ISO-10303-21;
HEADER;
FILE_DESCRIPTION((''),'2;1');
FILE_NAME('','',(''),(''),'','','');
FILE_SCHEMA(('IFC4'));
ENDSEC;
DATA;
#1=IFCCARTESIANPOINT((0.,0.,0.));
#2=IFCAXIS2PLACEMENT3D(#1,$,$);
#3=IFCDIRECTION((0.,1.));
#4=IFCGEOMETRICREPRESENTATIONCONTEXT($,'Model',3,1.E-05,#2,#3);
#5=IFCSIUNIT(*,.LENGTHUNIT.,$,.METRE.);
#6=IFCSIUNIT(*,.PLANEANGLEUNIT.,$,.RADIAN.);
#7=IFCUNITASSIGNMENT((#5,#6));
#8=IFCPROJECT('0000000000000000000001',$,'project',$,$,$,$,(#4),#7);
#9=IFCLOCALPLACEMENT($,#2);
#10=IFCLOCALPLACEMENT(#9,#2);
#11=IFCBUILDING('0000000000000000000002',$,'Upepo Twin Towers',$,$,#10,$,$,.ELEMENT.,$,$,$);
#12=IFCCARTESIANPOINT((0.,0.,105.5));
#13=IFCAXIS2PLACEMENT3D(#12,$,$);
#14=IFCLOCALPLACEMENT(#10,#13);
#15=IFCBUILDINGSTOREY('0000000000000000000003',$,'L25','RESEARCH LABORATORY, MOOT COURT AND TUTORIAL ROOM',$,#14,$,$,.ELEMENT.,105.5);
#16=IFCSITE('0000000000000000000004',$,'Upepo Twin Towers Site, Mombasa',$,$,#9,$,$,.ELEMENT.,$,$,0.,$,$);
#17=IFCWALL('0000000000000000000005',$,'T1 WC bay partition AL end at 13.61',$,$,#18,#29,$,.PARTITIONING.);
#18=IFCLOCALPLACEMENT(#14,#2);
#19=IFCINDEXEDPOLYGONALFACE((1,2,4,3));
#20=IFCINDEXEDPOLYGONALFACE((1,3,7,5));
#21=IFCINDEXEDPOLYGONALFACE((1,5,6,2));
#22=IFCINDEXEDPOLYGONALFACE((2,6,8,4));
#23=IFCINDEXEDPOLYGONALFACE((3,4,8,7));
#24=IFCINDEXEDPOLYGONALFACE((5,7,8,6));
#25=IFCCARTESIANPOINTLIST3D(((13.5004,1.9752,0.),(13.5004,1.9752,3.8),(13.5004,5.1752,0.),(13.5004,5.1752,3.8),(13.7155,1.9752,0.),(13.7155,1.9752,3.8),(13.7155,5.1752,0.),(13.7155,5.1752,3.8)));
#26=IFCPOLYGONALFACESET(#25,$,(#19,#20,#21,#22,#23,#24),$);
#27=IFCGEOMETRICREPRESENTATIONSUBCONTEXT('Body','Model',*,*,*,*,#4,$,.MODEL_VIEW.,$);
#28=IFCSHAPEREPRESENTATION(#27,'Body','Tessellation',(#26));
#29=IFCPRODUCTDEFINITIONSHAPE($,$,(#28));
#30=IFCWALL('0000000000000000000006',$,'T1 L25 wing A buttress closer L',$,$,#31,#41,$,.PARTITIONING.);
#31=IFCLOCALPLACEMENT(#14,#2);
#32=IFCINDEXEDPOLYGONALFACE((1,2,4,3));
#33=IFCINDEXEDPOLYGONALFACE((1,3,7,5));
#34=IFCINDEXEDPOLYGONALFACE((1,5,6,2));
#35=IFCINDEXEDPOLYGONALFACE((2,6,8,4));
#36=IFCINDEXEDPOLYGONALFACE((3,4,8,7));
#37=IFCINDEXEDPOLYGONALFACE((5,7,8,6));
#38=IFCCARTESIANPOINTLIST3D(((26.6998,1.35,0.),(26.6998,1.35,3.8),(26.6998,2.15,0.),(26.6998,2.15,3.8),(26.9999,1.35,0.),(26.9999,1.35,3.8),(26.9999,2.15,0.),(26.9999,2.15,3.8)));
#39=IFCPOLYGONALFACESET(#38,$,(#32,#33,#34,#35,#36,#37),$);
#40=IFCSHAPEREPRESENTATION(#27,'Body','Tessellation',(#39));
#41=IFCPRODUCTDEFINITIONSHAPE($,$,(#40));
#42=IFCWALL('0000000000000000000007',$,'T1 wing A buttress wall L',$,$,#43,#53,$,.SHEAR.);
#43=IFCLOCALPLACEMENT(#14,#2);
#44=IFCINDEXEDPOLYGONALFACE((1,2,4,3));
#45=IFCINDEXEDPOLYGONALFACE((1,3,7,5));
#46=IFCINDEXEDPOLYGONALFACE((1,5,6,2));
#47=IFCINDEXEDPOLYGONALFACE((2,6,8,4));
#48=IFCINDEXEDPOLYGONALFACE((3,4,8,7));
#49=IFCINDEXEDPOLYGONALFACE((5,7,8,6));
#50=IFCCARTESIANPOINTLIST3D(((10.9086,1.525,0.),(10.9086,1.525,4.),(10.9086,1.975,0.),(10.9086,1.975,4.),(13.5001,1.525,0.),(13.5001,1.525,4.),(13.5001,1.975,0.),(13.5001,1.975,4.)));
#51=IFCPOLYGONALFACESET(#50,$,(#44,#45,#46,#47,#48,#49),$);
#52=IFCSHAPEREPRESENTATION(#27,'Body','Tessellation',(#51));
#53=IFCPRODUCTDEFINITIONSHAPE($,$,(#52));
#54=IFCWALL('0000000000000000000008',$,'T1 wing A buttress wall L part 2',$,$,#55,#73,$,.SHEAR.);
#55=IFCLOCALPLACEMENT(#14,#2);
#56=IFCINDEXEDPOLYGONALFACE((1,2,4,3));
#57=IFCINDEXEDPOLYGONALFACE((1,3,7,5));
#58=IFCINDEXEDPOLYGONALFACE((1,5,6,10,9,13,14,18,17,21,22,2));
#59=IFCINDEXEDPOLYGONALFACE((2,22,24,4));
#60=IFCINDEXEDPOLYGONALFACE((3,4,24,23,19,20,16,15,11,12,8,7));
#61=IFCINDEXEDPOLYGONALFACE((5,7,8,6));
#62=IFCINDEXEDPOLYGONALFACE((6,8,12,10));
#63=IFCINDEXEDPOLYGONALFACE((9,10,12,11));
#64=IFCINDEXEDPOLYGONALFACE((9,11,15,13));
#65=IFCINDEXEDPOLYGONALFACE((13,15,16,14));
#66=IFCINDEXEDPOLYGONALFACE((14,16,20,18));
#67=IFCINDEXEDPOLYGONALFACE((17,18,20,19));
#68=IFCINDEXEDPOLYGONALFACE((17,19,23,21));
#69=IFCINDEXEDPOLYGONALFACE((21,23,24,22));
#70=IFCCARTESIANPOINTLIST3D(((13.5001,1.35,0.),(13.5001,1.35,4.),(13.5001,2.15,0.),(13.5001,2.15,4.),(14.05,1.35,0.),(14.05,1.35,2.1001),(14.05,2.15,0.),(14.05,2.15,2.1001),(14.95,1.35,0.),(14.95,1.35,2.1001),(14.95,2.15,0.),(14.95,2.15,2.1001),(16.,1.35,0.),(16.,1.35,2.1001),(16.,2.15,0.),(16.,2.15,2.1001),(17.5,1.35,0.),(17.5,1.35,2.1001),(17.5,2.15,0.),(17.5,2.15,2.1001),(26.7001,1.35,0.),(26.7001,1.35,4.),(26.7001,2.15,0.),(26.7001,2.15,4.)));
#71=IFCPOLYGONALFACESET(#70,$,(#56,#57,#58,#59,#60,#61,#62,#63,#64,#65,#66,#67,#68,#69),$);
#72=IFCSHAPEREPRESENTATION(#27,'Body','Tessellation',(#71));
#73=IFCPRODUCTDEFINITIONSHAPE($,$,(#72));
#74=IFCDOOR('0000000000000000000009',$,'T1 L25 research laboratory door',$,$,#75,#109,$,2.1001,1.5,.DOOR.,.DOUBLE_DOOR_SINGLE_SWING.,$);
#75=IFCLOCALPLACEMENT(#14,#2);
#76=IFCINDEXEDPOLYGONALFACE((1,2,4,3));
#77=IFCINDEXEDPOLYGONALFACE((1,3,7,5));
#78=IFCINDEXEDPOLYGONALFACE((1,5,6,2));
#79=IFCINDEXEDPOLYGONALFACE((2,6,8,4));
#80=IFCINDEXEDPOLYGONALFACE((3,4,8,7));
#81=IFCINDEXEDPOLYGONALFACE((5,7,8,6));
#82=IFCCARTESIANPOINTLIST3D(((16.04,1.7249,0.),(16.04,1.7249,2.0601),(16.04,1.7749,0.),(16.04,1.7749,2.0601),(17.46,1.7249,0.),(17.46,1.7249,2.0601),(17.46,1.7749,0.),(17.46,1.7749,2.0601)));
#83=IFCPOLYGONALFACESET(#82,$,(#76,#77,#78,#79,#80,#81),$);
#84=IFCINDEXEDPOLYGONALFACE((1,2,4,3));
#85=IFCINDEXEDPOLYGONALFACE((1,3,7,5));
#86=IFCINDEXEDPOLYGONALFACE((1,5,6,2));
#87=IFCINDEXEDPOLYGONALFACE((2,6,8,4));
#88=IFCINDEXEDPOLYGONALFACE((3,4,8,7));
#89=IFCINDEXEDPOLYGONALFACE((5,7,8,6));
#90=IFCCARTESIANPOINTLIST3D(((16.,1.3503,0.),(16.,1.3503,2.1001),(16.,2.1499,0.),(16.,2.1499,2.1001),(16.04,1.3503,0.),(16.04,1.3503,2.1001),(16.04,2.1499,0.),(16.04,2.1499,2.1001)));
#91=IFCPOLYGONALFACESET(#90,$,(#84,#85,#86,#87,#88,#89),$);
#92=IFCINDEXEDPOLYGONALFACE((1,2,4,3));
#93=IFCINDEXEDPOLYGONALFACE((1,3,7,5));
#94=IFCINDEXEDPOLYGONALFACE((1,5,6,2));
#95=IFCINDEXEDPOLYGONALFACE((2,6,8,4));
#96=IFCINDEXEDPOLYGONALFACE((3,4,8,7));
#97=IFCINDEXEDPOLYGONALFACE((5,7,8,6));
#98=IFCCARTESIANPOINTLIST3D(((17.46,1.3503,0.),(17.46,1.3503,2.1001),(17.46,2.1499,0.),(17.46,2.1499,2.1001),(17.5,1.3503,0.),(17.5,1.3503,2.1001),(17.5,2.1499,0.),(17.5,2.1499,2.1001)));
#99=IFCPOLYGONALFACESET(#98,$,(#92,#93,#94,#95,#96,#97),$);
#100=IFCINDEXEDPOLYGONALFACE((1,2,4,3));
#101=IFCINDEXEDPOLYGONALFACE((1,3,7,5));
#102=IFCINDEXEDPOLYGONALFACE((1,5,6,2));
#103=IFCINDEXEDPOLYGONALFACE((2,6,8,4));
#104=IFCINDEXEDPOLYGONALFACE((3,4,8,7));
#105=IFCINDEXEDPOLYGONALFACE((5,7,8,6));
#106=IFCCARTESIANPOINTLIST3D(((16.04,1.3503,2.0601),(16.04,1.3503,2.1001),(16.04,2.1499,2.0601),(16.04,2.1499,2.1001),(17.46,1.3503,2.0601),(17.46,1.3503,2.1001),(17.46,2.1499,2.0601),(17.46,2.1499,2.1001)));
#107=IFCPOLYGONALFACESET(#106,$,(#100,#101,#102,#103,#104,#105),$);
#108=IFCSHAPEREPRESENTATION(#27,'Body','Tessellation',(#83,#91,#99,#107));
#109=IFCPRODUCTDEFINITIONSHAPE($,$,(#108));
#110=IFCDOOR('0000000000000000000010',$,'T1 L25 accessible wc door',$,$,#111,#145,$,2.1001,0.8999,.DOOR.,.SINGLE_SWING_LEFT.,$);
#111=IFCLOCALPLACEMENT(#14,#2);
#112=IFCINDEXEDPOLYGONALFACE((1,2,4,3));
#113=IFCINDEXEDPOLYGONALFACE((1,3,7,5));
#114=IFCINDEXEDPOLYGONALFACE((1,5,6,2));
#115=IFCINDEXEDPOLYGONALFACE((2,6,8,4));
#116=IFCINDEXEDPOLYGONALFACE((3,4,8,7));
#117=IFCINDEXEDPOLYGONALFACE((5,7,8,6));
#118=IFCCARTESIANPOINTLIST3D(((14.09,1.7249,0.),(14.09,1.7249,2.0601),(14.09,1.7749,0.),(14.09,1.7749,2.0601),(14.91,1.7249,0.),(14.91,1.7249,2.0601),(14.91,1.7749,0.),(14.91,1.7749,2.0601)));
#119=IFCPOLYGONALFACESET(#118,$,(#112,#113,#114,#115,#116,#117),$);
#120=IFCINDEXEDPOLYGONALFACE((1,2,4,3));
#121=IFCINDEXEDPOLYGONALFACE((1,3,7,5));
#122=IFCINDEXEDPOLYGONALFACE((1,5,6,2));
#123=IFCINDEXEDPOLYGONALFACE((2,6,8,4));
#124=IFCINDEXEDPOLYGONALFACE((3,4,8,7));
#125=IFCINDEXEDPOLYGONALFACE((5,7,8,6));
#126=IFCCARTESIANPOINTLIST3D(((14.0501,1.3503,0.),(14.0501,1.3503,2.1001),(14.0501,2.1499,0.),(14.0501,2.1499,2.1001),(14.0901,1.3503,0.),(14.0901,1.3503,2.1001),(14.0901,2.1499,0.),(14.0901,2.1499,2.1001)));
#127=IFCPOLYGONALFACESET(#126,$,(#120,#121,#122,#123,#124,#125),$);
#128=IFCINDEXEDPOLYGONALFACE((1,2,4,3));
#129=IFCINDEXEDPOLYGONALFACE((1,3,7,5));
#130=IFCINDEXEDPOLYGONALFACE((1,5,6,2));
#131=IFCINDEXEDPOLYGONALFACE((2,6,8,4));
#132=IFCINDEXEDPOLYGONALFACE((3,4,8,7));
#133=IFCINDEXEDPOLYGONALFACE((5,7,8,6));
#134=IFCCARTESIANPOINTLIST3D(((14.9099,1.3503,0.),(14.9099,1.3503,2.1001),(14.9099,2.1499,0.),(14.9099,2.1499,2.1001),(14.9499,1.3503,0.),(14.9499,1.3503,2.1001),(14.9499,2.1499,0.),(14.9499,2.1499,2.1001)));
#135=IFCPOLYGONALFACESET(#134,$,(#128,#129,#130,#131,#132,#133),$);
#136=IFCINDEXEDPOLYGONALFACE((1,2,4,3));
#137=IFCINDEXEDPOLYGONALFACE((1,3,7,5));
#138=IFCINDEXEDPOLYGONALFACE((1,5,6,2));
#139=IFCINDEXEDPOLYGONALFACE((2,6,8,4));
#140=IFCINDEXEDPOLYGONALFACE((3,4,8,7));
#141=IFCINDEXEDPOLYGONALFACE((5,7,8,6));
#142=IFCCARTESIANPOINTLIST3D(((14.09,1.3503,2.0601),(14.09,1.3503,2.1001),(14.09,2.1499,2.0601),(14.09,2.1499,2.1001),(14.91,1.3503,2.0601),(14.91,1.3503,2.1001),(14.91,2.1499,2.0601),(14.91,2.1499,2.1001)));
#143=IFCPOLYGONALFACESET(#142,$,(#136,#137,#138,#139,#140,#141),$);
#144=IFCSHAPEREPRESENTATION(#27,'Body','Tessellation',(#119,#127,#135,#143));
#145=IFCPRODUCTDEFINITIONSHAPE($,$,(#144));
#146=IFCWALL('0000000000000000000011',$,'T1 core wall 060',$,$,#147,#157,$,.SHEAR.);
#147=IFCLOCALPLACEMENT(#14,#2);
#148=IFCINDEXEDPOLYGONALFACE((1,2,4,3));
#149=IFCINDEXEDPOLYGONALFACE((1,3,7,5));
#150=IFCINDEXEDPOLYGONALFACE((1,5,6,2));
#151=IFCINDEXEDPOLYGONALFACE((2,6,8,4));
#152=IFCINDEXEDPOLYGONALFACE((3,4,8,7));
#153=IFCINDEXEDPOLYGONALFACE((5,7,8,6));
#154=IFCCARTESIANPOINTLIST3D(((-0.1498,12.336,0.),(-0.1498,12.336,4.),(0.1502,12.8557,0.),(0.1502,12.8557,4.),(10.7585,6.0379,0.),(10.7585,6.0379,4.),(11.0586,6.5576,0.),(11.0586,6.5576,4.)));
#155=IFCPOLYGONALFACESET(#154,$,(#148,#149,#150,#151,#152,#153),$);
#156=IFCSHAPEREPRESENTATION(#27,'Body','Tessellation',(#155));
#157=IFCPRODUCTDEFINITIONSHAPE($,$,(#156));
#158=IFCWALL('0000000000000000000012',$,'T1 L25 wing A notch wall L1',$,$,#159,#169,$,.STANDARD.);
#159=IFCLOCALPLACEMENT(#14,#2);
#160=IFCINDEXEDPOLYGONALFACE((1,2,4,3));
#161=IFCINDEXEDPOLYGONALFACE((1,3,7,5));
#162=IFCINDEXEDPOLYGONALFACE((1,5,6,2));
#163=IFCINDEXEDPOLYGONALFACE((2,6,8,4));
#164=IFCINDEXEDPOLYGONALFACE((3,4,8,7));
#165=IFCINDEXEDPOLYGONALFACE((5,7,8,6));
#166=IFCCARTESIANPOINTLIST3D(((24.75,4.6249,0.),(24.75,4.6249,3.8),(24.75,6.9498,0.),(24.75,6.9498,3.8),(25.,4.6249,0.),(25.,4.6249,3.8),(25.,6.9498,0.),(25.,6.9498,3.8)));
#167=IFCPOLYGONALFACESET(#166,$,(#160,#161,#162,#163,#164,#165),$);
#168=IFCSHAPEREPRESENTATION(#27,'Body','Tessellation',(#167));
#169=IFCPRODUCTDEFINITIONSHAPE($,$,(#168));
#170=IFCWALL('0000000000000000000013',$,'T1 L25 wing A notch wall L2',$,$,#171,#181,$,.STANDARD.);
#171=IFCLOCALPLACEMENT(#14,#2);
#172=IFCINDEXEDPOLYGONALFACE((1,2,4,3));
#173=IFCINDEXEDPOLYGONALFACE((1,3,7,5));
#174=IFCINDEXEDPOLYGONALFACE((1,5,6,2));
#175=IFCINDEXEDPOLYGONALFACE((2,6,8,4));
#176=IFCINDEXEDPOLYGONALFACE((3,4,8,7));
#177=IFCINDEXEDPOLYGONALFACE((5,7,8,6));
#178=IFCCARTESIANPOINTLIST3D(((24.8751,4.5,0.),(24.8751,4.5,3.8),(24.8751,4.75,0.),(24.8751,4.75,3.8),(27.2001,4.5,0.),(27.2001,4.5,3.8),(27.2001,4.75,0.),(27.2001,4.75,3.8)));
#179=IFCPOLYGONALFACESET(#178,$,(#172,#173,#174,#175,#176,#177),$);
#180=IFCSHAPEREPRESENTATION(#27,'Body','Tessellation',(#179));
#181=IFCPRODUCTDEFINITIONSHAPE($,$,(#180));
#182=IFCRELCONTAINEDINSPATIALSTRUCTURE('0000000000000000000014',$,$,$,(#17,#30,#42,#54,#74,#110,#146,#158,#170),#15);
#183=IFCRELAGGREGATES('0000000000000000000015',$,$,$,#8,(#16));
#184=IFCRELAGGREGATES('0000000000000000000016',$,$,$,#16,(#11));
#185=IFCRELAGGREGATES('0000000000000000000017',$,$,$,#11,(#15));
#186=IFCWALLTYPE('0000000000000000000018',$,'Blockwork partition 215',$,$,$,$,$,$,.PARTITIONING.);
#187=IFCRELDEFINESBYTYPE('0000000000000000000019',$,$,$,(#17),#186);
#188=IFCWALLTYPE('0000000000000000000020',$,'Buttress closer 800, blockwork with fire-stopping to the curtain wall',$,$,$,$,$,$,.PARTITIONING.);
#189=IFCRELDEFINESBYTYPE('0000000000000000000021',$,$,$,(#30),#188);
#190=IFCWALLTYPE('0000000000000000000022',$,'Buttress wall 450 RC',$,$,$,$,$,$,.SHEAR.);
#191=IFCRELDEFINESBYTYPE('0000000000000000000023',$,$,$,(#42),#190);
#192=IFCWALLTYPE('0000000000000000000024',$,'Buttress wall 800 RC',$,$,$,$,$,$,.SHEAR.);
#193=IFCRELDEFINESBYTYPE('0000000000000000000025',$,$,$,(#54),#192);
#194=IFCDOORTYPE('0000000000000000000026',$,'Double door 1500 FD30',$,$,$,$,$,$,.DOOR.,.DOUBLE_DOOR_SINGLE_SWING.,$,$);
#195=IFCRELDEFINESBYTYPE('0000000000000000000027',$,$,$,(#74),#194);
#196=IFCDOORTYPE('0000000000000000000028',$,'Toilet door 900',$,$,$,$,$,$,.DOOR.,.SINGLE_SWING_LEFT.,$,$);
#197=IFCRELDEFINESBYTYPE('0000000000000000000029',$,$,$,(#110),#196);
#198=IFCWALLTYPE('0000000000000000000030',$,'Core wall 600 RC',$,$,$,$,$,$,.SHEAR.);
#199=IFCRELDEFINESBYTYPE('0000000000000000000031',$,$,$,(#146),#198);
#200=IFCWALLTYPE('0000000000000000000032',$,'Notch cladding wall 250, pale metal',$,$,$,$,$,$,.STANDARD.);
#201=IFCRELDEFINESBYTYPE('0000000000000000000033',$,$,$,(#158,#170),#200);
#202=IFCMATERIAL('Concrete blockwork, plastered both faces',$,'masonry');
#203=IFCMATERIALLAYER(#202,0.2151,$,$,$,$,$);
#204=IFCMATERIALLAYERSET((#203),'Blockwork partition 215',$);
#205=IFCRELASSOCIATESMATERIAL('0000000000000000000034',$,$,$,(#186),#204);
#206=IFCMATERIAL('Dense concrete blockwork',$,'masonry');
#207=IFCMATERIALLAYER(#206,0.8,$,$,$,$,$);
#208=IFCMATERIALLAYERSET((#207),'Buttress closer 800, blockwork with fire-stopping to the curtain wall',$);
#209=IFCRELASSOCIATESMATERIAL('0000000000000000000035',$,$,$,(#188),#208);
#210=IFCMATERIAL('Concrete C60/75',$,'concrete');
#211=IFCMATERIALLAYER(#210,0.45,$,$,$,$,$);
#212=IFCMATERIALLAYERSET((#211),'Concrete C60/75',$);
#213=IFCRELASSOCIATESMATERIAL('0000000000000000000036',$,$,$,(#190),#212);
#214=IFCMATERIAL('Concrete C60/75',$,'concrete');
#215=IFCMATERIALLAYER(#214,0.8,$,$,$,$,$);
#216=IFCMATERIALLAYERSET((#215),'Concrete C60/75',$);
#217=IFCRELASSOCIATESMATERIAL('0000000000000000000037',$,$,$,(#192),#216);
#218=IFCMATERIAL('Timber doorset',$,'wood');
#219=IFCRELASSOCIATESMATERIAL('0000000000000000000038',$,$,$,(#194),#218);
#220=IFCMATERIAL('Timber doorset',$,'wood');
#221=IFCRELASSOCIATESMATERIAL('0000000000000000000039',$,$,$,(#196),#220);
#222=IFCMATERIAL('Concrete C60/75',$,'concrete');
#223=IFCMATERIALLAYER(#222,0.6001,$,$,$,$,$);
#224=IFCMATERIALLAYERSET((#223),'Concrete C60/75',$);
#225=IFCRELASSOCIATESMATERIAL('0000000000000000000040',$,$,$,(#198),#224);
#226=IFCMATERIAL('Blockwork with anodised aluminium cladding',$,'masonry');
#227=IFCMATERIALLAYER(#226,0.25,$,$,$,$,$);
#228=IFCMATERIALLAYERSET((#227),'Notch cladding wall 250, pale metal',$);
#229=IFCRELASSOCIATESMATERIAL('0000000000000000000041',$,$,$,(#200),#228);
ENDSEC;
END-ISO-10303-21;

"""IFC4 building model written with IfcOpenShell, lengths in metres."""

from ifc_helpers import new_model, si_unit, direction, frame, frame_2d, origin, place, context, subcontext, project, spatial, rectangle, extrude, material, layer, layer_set, type_object, element, fill, save


model = new_model("IFC4")

# Units and contexts
model_context = context("Model", 3, precision=1e-05, world=origin(), true_north=direction((0.0, 1.0)))
body_context = subcontext(model_context, "Body", "Model", "MODEL_VIEW")
ifc_project = project(units=[si_unit("LENGTHUNIT", "METRE"), si_unit("PLANEANGLEUNIT", "RADIAN")], contexts=[model_context])

# Site, building, storey
site_placement = place(None, origin())
site = spatial("IfcSite", under=ifc_project, at=site_placement, Name="Upepo Twin Towers Site, Mombasa", CompositionType="ELEMENT", RefElevation=0.0)
building_placement = place(site_placement, origin())
building = spatial("IfcBuilding", under=site, at=building_placement, Name="Upepo Twin Towers", CompositionType="ELEMENT")
storey_placement = place(building_placement, frame((0.0, 0.0, 105.5)))
storey = spatial("IfcBuildingStorey", under=building, at=storey_placement, Name="L25", Description="RESEARCH LABORATORY, MOOT COURT AND TUTORIAL ROOM", CompositionType="ELEMENT", Elevation=105.5)

# Shared definitions
ifc_material_1 = material(Name="Concrete blockwork, plastered both faces", Category="masonry")
ifc_layer_1 = layer(ifc_material_1, 0.2151)
ifc_layer_set_1 = layer_set([ifc_layer_1], Name="Blockwork partition 215")
wall_type_1 = type_object("IfcWallType", Name="Blockwork partition 215", PredefinedType="PARTITIONING", material=ifc_layer_set_1)

# Walls
wall_1_placement = place(storey_placement, frame((13.6079, 1.9751, 0.0), z_axis=(0.0, 0.0, 1.0), x_axis=(0.0, 1.0, 0.0)))
element("IfcWall", 1, at=wall_1_placement, inside=storey, type_object=wall_type_1, Name="T1 WC bay partition AL end at 13.61", PredefinedType="PARTITIONING", context=body_context, shape_type="SweptSolid", body=[
    extrude(rectangle(XDim=3.2, YDim=0.2151, at=frame_2d((1.6001, 0.0))), origin(), (0.0, 0.0, 1.0), 3.8),
])
ifc_material_2 = material(Name="Dense concrete blockwork", Category="masonry")
ifc_layer_2 = layer(ifc_material_2, 0.8)
ifc_layer_set_2 = layer_set([ifc_layer_2], Name="Buttress closer 800, blockwork with fire-stopping to the curtain wall")
wall_type_2 = type_object("IfcWallType", Name="Buttress closer 800, blockwork with fire-stopping to the curtain wall", PredefinedType="PARTITIONING", material=ifc_layer_set_2)
wall_2_placement = place(storey_placement, frame((26.7, 1.75, 0.0), z_axis=(0.0, 0.0, 1.0), x_axis=(1.0, 0.0, 0.0)))
element("IfcWall", 2, at=wall_2_placement, inside=storey, type_object=wall_type_2, Name="T1 L25 wing A buttress closer L", PredefinedType="PARTITIONING", context=body_context, shape_type="SweptSolid", body=[
    extrude(rectangle(XDim=0.3, YDim=0.8, at=frame_2d((0.1499, 0.0))), origin(), (0.0, 0.0, 1.0), 3.8),
])
ifc_material_3 = material(Name="Concrete C60/75", Category="concrete")
ifc_layer_3 = layer(ifc_material_3, 0.45)
ifc_layer_set_3 = layer_set([ifc_layer_3], Name="Concrete C60/75")
wall_type_3 = type_object("IfcWallType", Name="Buttress wall 450 RC", PredefinedType="SHEAR", material=ifc_layer_set_3)
wall_3_placement = place(storey_placement, frame((10.9084, 1.75, 0.0), z_axis=(0.0, 0.0, 1.0), x_axis=(1.0, 0.0, 0.0)))
element("IfcWall", 3, at=wall_3_placement, inside=storey, type_object=wall_type_3, Name="T1 wing A buttress wall L", PredefinedType="SHEAR", context=body_context, shape_type="SweptSolid", body=[
    extrude(rectangle(XDim=2.5916, YDim=0.45, at=frame_2d((1.2959, 0.0))), origin(), (0.0, 0.0, 1.0), 4.0),
])

# Wall, openings, doors
ifc_material_4 = material(Name="Concrete C60/75", Category="concrete")
ifc_layer_4 = layer(ifc_material_4, 0.8)
ifc_layer_set_4 = layer_set([ifc_layer_4], Name="Concrete C60/75")
wall_type_4 = type_object("IfcWallType", Name="Buttress wall 800 RC", PredefinedType="SHEAR", material=ifc_layer_set_4)
wall_4_placement = place(storey_placement, frame((13.5, 1.75, 0.0), z_axis=(0.0, 0.0, 1.0), x_axis=(1.0, 0.0, 0.0)))
wall_4 = element("IfcWall", 4, at=wall_4_placement, inside=storey, type_object=wall_type_4, Name="T1 wing A buttress wall L part 2", PredefinedType="SHEAR", context=body_context, shape_type="SweptSolid", body=[
    extrude(rectangle(XDim=13.2, YDim=0.8, at=frame_2d((6.6001, 0.0))), origin(), (0.0, 0.0, 1.0), 4.0),
])
opening_1_placement = place(wall_4_placement, frame((0.55, 0.0, 0.0)))
opening_1 = element("IfcOpeningElement", 5, at=opening_1_placement, cuts=wall_4, PredefinedType="OPENING", context=body_context, shape_type="SweptSolid", body=[
    extrude(rectangle(XDim=0.8999, YDim=2.1001, at=frame_2d((0.45, 1.05))), frame((0.0, 0.4099, 0.0), z_axis=(0.0, -1.0, 0.0), x_axis=(1.0, 0.0, 0.0)), (0.0, 0.0, 1.0), 0.8201),
])
opening_2_placement = place(wall_4_placement, frame((2.5, 0.0, 0.0)))
opening_2 = element("IfcOpeningElement", 6, at=opening_2_placement, cuts=wall_4, PredefinedType="OPENING", context=body_context, shape_type="SweptSolid", body=[
    extrude(rectangle(XDim=1.5, YDim=2.1001, at=frame_2d((0.75, 1.05))), frame((0.0, 0.4099, 0.0), z_axis=(0.0, -1.0, 0.0), x_axis=(1.0, 0.0, 0.0)), (0.0, 0.0, 1.0), 0.8201),
])
ifc_material_5 = material(Name="Timber doorset", Category="wood")
door_type_1 = type_object("IfcDoorType", Name="Double door 1500 FD30", OperationType="DOUBLE_DOOR_SINGLE_SWING", PredefinedType="DOOR", material=ifc_material_5)
door_1_placement = place(opening_2_placement, origin())
door_1 = element("IfcDoor", 7, at=door_1_placement, inside=storey, type_object=door_type_1, Name="T1 L25 research laboratory door", OperationType="DOUBLE_DOOR_SINGLE_SWING", OverallHeight=2.1001, OverallWidth=1.5, PredefinedType="DOOR", context=body_context, shape_type="SweptSolid", body=[
    extrude(rectangle(XDim=1.42, YDim=2.0601, at=frame_2d((0.75, 1.03))), frame((0.0, 0.0249, 0.0), z_axis=(0.0, -1.0, 0.0), x_axis=(1.0, 0.0, 0.0)), (0.0, 0.0, 1.0), 0.05),
    extrude(rectangle(XDim=0.04, YDim=2.1001, at=frame_2d((0.02, 1.05))), frame((0.0, 0.3999, 0.0), z_axis=(0.0, -1.0, 0.0), x_axis=(1.0, 0.0, 0.0)), (0.0, 0.0, 1.0), 0.7996),
    extrude(rectangle(XDim=0.04, YDim=2.1001, at=frame_2d((1.48, 1.05))), frame((0.0, 0.3999, 0.0), z_axis=(0.0, -1.0, 0.0), x_axis=(1.0, 0.0, 0.0)), (0.0, 0.0, 1.0), 0.7996),
    extrude(rectangle(XDim=1.42, YDim=0.04, at=frame_2d((0.75, 2.0801))), frame((0.0, 0.3999, 0.0), z_axis=(0.0, -1.0, 0.0), x_axis=(1.0, 0.0, 0.0)), (0.0, 0.0, 1.0), 0.7996),
])
fill(opening_2, door_1)
ifc_material_6 = material(Name="Timber doorset", Category="wood")
door_type_2 = type_object("IfcDoorType", Name="Toilet door 900", OperationType="SINGLE_SWING_LEFT", PredefinedType="DOOR", material=ifc_material_6)
door_2_placement = place(opening_1_placement, origin())
door_2 = element("IfcDoor", 8, at=door_2_placement, inside=storey, type_object=door_type_2, Name="T1 L25 accessible wc door", OperationType="SINGLE_SWING_LEFT", OverallHeight=2.1001, OverallWidth=0.8999, PredefinedType="DOOR", context=body_context, shape_type="SweptSolid", body=[
    extrude(rectangle(XDim=0.8199, YDim=2.0601, at=frame_2d((0.45, 1.03))), frame((0.0, 0.0249, 0.0), z_axis=(0.0, -1.0, 0.0), x_axis=(1.0, 0.0, 0.0)), (0.0, 0.0, 1.0), 0.05),
    extrude(rectangle(XDim=0.04, YDim=2.1001, at=frame_2d((0.02, 1.05))), frame((0.0, 0.3999, 0.0), z_axis=(0.0, -1.0, 0.0), x_axis=(1.0, 0.0, 0.0)), (0.0, 0.0, 1.0), 0.7996),
    extrude(rectangle(XDim=0.04, YDim=2.1001, at=frame_2d((0.8799, 1.05))), frame((0.0, 0.3999, 0.0), z_axis=(0.0, -1.0, 0.0), x_axis=(1.0, 0.0, 0.0)), (0.0, 0.0, 1.0), 0.7996),
    extrude(rectangle(XDim=0.8199, YDim=0.04, at=frame_2d((0.45, 2.0801))), frame((0.0, 0.3999, 0.0), z_axis=(0.0, -1.0, 0.0), x_axis=(1.0, 0.0, 0.0)), (0.0, 0.0, 1.0), 0.7996),
])
fill(opening_1, door_2)

# Walls
ifc_material_7 = material(Name="Concrete C60/75", Category="concrete")
ifc_layer_5 = layer(ifc_material_7, 0.6001)
ifc_layer_set_5 = layer_set([ifc_layer_5], Name="Concrete C60/75")
wall_type_5 = type_object("IfcWallType", Name="Core wall 600 RC", PredefinedType="SHEAR", material=ifc_layer_set_5)
wall_5_placement = place(storey_placement, frame((10.9084, 6.2979, 0.0), z_axis=(0.0, 0.0, 1.0), x_axis=(-0.866022, 0.500006, 0.0)))
element("IfcWall", 9, at=wall_5_placement, inside=storey, type_object=wall_type_5, Name="T1 core wall 060", PredefinedType="SHEAR", context=body_context, shape_type="SweptSolid", body=[
    extrude(rectangle(XDim=12.5959, YDim=0.6001, at=frame_2d((6.2979, 0.0))), origin(), (0.0, 0.0, 1.0), 4.0),
])
ifc_material_8 = material(Name="Blockwork with anodised aluminium cladding", Category="masonry")
ifc_layer_6 = layer(ifc_material_8, 0.25)
ifc_layer_set_6 = layer_set([ifc_layer_6], Name="Notch cladding wall 250, pale metal")
wall_type_6 = type_object("IfcWallType", Name="Notch cladding wall 250, pale metal", PredefinedType="STANDARD", material=ifc_layer_set_6)
for number, where, z_axis, x_axis, name in (
    (10, (24.875, 6.95, 0.0), (0.0, 0.0, 1.0), (0.0, -1.0, 0.0), "T1 L25 wing A notch wall L1"),
    (11, (24.875, 4.625, 0.0), (0.0, 0.0, 1.0), (1.0, 0.0, 0.0), "T1 L25 wing A notch wall L2"),
):
    element("IfcWall", number, at=place(storey_placement, frame(where, z_axis=z_axis, x_axis=x_axis)), inside=storey, type_object=wall_type_6, Name=name, PredefinedType="STANDARD", context=body_context, shape_type="SweptSolid", body=[
        extrude(rectangle(XDim=2.325, YDim=0.25, at=frame_2d((1.1626, 0.0))), origin(), (0.0, 0.0, 1.0), 3.8),
    ])

save(model, "model.ifc")
